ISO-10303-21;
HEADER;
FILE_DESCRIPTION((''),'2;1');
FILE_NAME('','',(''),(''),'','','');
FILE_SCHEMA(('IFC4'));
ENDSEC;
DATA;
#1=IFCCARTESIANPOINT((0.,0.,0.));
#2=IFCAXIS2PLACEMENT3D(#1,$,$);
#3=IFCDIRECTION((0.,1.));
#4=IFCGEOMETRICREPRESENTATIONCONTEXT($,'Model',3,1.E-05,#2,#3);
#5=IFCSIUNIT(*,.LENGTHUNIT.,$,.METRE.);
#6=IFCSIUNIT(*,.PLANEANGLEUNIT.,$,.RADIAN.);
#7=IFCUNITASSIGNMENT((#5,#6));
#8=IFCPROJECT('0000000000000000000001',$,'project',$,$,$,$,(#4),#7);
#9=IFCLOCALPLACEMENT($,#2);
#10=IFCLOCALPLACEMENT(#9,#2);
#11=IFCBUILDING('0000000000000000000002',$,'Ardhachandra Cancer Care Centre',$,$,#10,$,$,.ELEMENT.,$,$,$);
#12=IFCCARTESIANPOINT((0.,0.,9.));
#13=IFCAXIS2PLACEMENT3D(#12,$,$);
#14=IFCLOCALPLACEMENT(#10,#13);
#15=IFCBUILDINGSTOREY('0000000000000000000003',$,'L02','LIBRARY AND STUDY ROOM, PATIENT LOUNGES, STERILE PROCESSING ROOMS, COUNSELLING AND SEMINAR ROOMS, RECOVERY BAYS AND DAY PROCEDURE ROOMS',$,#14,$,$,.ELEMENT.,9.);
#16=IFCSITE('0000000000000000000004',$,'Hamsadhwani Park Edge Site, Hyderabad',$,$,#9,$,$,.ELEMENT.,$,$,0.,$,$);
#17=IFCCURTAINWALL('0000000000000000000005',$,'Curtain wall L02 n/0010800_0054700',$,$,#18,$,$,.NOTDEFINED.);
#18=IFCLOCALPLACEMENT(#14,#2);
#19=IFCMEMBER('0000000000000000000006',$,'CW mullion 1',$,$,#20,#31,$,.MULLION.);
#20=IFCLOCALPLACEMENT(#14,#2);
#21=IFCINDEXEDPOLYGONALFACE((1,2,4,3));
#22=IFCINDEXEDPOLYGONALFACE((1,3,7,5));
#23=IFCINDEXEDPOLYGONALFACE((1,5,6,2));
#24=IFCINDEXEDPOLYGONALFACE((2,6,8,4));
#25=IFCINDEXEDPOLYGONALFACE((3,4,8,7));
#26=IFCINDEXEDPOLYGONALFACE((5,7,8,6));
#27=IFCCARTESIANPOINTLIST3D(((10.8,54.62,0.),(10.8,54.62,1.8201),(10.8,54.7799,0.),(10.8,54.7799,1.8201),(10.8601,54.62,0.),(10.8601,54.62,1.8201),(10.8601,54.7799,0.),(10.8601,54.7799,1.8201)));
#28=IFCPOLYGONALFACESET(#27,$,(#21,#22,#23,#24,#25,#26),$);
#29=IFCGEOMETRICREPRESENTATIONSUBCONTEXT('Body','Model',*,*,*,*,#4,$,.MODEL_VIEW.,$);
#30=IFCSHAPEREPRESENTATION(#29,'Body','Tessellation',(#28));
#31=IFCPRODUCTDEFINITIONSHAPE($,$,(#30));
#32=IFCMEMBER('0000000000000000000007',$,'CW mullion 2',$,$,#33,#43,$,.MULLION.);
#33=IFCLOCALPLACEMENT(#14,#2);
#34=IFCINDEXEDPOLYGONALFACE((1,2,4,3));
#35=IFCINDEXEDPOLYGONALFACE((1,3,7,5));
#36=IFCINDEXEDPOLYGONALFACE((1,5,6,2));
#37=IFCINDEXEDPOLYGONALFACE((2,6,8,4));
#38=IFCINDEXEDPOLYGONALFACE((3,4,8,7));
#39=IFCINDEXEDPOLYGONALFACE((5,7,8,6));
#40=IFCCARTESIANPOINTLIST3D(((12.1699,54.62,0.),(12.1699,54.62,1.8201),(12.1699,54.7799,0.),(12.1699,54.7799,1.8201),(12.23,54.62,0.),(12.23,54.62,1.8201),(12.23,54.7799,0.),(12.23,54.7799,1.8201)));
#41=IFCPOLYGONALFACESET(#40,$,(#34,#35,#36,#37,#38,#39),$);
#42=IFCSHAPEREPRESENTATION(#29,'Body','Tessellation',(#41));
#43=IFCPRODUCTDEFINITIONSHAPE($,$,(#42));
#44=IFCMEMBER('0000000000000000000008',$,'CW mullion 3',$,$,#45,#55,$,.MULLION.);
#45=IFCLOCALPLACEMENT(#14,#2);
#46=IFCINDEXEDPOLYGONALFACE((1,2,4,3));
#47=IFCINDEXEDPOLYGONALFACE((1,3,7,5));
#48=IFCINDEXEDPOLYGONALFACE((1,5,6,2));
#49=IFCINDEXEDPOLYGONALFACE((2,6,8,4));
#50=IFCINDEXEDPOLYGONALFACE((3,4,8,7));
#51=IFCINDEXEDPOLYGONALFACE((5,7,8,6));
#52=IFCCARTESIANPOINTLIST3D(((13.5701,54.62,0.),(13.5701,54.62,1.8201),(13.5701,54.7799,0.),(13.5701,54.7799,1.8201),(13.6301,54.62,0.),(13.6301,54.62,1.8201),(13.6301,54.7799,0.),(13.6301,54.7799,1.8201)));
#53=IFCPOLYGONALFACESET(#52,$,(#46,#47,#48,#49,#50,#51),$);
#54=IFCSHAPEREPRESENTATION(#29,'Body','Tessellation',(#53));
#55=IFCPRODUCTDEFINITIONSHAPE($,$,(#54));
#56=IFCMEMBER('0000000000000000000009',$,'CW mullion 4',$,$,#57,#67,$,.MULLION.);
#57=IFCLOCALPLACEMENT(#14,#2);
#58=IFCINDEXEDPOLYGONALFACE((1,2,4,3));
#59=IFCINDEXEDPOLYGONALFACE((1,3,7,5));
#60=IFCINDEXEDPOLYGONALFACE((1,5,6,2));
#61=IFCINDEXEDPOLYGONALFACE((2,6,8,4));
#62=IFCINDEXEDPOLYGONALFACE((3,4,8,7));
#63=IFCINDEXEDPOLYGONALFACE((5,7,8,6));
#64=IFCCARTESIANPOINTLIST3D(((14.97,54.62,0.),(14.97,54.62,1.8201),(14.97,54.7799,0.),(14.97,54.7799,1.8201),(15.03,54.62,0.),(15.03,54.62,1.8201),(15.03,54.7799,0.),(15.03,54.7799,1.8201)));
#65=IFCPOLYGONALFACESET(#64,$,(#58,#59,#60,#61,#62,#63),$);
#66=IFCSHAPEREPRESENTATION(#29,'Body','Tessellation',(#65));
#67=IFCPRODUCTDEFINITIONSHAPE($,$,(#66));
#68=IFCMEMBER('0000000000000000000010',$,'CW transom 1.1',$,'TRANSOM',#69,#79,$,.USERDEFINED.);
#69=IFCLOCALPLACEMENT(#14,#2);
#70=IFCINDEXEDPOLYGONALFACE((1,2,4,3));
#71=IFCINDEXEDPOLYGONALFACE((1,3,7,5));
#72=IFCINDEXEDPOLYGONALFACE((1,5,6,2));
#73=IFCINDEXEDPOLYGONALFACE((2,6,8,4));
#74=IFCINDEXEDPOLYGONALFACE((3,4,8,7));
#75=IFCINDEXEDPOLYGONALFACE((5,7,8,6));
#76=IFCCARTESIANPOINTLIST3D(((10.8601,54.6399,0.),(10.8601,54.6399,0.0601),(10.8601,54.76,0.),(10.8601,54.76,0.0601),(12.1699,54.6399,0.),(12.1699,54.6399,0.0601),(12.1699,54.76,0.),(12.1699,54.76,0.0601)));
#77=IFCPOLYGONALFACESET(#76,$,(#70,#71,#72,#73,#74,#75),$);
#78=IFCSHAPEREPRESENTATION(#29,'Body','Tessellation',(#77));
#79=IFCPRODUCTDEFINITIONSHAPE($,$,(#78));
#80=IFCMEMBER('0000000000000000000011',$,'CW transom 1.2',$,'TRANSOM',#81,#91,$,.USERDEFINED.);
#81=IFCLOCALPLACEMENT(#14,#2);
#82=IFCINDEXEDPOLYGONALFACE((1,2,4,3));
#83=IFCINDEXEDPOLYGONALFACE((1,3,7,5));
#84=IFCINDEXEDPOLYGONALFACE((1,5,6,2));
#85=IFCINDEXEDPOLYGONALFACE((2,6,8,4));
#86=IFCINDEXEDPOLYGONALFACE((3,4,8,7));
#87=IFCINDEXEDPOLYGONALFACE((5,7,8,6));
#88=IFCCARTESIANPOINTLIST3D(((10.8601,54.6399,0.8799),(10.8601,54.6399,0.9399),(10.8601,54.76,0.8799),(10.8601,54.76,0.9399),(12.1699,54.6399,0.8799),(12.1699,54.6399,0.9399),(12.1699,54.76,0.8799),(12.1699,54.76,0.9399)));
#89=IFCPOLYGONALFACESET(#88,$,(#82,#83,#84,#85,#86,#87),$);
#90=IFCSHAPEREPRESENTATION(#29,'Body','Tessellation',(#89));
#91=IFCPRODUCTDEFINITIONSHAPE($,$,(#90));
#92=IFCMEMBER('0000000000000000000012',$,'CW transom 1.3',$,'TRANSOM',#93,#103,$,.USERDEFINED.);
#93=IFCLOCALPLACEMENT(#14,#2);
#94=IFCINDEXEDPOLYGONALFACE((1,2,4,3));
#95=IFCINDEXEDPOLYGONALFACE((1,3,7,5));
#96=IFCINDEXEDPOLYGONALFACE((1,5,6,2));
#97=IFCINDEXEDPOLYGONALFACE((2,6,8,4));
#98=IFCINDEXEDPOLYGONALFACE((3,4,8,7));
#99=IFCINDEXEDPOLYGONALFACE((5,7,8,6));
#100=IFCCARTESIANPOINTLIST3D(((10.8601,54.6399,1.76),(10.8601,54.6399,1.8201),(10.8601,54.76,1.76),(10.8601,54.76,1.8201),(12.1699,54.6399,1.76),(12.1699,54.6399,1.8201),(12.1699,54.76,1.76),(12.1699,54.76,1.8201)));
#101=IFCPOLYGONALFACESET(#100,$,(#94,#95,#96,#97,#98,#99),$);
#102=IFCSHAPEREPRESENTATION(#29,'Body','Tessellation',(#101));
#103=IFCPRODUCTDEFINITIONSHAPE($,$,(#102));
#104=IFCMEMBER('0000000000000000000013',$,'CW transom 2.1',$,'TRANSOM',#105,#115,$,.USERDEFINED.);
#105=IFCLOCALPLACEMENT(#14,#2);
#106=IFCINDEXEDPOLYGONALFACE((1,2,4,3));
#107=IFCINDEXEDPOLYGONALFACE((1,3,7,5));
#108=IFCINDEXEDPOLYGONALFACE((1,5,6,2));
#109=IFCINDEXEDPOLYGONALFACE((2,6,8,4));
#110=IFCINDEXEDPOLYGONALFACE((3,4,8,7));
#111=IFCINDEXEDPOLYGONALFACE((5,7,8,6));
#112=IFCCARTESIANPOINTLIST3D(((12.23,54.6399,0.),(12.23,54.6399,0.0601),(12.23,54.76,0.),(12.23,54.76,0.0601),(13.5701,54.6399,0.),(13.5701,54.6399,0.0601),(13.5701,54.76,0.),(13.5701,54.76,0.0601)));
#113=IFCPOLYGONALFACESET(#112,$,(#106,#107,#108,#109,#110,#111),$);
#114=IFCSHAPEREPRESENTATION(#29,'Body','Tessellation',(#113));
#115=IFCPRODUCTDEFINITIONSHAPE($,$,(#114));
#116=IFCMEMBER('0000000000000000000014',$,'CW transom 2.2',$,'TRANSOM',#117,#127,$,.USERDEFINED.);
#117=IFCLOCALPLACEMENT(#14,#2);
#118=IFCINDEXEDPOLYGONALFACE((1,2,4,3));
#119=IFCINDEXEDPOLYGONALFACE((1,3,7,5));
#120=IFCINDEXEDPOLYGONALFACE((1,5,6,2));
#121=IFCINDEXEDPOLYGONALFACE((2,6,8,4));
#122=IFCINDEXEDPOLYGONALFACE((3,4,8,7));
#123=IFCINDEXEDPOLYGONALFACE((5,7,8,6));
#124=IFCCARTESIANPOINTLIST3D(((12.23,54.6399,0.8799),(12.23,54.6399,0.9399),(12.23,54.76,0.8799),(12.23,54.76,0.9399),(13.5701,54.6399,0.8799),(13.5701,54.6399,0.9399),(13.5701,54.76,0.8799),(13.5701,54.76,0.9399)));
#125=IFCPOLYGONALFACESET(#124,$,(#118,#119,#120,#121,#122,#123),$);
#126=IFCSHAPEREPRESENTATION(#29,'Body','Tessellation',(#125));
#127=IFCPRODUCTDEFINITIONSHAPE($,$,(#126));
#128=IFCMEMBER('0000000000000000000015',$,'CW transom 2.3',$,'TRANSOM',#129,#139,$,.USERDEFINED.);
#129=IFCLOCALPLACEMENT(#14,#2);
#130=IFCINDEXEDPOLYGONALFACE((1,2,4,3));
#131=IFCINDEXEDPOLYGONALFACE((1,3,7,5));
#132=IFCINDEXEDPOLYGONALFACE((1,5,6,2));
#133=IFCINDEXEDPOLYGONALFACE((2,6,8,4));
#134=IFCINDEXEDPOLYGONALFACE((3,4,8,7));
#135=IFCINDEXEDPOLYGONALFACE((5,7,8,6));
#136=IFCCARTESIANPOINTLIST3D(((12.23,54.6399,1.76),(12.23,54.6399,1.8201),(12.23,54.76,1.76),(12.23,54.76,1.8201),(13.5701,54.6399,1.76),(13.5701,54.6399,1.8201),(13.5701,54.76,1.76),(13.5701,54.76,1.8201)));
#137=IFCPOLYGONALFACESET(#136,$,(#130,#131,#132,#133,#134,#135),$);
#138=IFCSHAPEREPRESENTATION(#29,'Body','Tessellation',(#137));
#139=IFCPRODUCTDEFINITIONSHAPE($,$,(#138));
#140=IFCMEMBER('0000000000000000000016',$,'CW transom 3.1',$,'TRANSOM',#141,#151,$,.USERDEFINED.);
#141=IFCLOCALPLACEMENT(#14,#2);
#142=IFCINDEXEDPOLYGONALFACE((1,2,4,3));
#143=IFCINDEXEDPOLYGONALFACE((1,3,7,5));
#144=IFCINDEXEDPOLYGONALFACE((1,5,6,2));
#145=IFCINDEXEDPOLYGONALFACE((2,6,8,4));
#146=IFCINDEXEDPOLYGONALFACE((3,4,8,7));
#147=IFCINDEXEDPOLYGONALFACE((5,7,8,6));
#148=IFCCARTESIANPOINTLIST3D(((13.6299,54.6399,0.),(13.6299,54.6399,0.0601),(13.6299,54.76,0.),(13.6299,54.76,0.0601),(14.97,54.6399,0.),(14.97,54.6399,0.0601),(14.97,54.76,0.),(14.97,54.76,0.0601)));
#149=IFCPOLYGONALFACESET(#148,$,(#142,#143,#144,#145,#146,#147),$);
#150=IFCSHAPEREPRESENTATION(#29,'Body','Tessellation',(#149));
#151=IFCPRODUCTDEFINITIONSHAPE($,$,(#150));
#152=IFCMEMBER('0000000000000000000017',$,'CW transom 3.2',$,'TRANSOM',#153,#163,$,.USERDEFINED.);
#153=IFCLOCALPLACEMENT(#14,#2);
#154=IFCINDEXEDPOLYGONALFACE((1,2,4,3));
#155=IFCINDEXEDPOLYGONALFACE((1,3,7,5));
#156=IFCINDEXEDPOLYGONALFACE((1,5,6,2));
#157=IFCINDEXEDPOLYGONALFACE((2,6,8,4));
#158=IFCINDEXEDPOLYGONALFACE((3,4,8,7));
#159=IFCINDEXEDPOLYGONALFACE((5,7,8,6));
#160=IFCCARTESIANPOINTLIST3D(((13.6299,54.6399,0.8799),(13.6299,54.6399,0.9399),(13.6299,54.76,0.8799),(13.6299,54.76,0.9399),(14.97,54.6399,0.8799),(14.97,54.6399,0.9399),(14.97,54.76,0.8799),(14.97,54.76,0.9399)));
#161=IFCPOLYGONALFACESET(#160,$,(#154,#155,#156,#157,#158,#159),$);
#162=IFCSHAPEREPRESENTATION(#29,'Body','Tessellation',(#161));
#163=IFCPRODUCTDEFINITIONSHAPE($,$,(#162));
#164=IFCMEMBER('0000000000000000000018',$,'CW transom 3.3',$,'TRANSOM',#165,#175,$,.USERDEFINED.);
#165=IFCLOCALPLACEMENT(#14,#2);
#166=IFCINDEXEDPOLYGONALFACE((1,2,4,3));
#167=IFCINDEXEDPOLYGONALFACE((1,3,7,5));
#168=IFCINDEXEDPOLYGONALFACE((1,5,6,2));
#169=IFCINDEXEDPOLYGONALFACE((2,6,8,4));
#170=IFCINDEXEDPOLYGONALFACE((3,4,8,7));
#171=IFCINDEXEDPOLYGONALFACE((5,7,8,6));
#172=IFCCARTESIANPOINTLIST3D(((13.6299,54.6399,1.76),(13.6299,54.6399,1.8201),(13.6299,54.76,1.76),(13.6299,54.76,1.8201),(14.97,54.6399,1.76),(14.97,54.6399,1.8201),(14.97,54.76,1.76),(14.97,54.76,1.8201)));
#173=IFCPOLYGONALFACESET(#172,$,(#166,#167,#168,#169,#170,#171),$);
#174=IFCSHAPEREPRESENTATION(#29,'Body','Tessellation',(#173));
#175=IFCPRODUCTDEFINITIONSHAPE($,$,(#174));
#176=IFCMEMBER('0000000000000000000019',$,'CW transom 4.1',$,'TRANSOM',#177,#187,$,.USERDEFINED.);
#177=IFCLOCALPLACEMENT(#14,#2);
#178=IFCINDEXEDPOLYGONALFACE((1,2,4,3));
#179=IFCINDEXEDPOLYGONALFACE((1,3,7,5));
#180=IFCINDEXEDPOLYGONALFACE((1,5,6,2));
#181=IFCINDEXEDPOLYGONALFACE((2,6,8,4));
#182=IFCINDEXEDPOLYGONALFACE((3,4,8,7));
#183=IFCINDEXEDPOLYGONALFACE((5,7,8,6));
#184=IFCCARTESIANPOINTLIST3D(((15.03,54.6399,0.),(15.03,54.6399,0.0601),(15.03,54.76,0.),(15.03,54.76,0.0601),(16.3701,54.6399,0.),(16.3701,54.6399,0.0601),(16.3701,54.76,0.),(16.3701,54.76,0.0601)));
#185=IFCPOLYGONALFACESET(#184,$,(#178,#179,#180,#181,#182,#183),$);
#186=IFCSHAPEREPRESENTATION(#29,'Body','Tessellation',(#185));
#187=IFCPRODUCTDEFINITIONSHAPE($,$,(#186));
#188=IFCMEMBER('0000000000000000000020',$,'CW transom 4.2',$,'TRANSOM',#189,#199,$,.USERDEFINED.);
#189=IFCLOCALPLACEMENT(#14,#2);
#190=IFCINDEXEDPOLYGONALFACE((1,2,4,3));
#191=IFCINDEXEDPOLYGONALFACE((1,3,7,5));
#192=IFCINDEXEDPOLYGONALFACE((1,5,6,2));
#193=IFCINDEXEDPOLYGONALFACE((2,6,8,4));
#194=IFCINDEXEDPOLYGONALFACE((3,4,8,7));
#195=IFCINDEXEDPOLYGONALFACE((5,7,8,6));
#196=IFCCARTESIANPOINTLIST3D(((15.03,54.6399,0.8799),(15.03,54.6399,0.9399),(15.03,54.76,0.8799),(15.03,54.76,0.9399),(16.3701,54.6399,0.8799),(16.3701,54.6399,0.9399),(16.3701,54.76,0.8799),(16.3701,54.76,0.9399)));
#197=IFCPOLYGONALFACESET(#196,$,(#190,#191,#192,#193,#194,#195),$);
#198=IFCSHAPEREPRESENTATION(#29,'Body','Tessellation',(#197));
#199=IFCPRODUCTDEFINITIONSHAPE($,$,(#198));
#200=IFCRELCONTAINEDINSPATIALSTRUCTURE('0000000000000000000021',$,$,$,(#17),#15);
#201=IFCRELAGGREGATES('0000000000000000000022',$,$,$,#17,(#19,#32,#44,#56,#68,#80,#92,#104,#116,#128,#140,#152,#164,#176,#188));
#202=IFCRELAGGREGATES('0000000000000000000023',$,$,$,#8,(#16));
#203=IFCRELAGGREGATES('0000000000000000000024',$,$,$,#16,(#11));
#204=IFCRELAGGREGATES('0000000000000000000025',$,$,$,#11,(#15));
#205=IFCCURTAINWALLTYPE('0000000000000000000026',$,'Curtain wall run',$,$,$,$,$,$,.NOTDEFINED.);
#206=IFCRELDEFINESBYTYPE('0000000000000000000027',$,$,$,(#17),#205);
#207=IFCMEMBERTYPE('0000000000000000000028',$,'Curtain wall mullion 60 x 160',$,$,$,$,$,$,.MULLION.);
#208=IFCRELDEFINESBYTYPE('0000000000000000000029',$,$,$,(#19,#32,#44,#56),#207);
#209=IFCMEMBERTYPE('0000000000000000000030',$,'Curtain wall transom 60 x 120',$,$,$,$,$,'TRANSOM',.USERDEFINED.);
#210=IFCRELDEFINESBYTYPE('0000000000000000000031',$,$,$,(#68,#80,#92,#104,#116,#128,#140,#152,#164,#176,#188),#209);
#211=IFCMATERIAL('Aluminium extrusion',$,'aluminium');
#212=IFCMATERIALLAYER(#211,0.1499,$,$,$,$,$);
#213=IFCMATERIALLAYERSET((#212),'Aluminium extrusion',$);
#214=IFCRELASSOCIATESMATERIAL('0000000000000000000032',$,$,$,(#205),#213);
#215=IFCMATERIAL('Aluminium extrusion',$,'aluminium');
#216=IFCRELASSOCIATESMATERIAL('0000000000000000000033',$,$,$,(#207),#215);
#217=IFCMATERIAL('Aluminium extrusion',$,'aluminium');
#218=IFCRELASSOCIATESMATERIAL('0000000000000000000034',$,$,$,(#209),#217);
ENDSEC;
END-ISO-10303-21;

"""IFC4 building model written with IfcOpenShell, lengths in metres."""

from ifc_helpers import new_model, si_unit, direction, frame, origin, origin_2d, place, context, subcontext, project, spatial, rectangle, extrude, material, layer, layer_set, material_profile, profile_set, type_object, element, aggregate, save


model = new_model("IFC4")

# Units and contexts
model_context = context("Model", 3, precision=1e-05, world=origin(), true_north=direction((0.0, 1.0)))
body_context = subcontext(model_context, "Body", "Model", "MODEL_VIEW")
ifc_project = project(units=[si_unit("LENGTHUNIT", "METRE"), si_unit("PLANEANGLEUNIT", "RADIAN")], contexts=[model_context])

# Site, building, storey
site_placement = place(None, origin())
site = spatial("IfcSite", under=ifc_project, at=site_placement, Name="Hamsadhwani Park Edge Site, Hyderabad", CompositionType="ELEMENT", RefElevation=0.0)
building_placement = place(site_placement, origin())
building = spatial("IfcBuilding", under=site, at=building_placement, Name="Ardhachandra Cancer Care Centre", CompositionType="ELEMENT")
storey_placement = place(building_placement, frame((0.0, 0.0, 9.0)))
storey = spatial("IfcBuildingStorey", under=building, at=storey_placement, Name="L02", Description="LIBRARY AND STUDY ROOM, PATIENT LOUNGES, STERILE PROCESSING ROOMS, COUNSELLING AND SEMINAR ROOMS, RECOVERY BAYS AND DAY PROCEDURE ROOMS", CompositionType="ELEMENT", Elevation=9.0)

# Curtain wall, members
ifc_material_1 = material(Name="Aluminium extrusion", Category="aluminium")
ifc_layer_1 = layer(ifc_material_1, 0.1499)
ifc_layer_set_1 = layer_set([ifc_layer_1], Name="Aluminium extrusion")
curtain_wall_type = type_object("IfcCurtainWallType", Name="Curtain wall run", PredefinedType="NOTDEFINED", material=ifc_layer_set_1)
curtain_wall_placement = place(storey_placement, origin())
curtain_wall = element("IfcCurtainWall", 1, at=curtain_wall_placement, inside=storey, type_object=curtain_wall_type, Name="Curtain wall L02 n/0010800_0054700", PredefinedType="NOTDEFINED")
ifc_material_2 = material(Name="Aluminium extrusion", Category="aluminium")
ifc_material_profile_1 = material_profile(ifc_material_2, rectangle(XDim=0.1599, YDim=0.0601, at=origin_2d()), Name="Curtain wall mullion 60 x 160")
ifc_profile_set_1 = profile_set([ifc_material_profile_1], Name="Aluminium extrusion")
member_type_1 = type_object("IfcMemberType", Name="Curtain wall mullion 60 x 160", PredefinedType="MULLION", material=ifc_profile_set_1)
member_1_placement = place(storey_placement, frame((10.8301, 54.7, 0.0), z_axis=(0.0, 0.0, 1.0), x_axis=(0.0, 1.0, 0.0)))
member_1 = element("IfcMember", 2, at=member_1_placement, type_object=member_type_1, Name="CW mullion 1", PredefinedType="MULLION", context=body_context, shape_type="SweptSolid", body=[
    extrude(rectangle(XDim=0.1599, YDim=0.0601, at=origin_2d()), origin(), (0.0, 0.0, 1.0), 1.8201),
])
member_2_placement = place(storey_placement, frame((12.2, 54.7, 0.0), z_axis=(0.0, 0.0, 1.0), x_axis=(0.0, 1.0, 0.0)))
member_2 = element("IfcMember", 3, at=member_2_placement, type_object=member_type_1, Name="CW mullion 2", PredefinedType="MULLION", context=body_context, shape_type="SweptSolid", body=[
    extrude(rectangle(XDim=0.1599, YDim=0.0601, at=origin_2d()), origin(), (0.0, 0.0, 1.0), 1.8201),
])
member_3_placement = place(storey_placement, frame((13.6001, 54.7, 0.0), z_axis=(0.0, 0.0, 1.0), x_axis=(0.0, 1.0, 0.0)))
member_3 = element("IfcMember", 4, at=member_3_placement, type_object=member_type_1, Name="CW mullion 3", PredefinedType="MULLION", context=body_context, shape_type="SweptSolid", body=[
    extrude(rectangle(XDim=0.1599, YDim=0.0601, at=origin_2d()), origin(), (0.0, 0.0, 1.0), 1.8201),
])
member_4_placement = place(storey_placement, frame((15.0, 54.7, 0.0), z_axis=(0.0, 0.0, 1.0), x_axis=(0.0, 1.0, 0.0)))
member_4 = element("IfcMember", 5, at=member_4_placement, type_object=member_type_1, Name="CW mullion 4", PredefinedType="MULLION", context=body_context, shape_type="SweptSolid", body=[
    extrude(rectangle(XDim=0.1599, YDim=0.0601, at=origin_2d()), origin(), (0.0, 0.0, 1.0), 1.8201),
])
ifc_material_3 = material(Name="Aluminium extrusion", Category="aluminium")
ifc_material_profile_2 = material_profile(ifc_material_3, rectangle(XDim=0.1201, YDim=0.0601, at=origin_2d()), Name="Curtain wall transom 60 x 120")
ifc_profile_set_2 = profile_set([ifc_material_profile_2], Name="Aluminium extrusion")
member_type_2 = type_object("IfcMemberType", Name="Curtain wall transom 60 x 120", ElementType="TRANSOM", PredefinedType="USERDEFINED", material=ifc_profile_set_2)
member_5_placement = place(storey_placement, frame((10.8601, 54.7, 0.03), z_axis=(1.0, 0.0, 0.0), x_axis=(0.0, 1.0, 0.0)))
member_5 = element("IfcMember", 6, at=member_5_placement, type_object=member_type_2, Name="CW transom 1.1", ObjectType="TRANSOM", PredefinedType="USERDEFINED", context=body_context, shape_type="SweptSolid", body=[
    extrude(rectangle(XDim=0.1201, YDim=0.0601, at=origin_2d()), origin(), (0.0, 0.0, 1.0), 1.3098),
])
member_6_placement = place(storey_placement, frame((10.8601, 54.7, 0.9099), z_axis=(1.0, 0.0, 0.0), x_axis=(0.0, 1.0, 0.0)))
member_6 = element("IfcMember", 7, at=member_6_placement, type_object=member_type_2, Name="CW transom 1.2", ObjectType="TRANSOM", PredefinedType="USERDEFINED", context=body_context, shape_type="SweptSolid", body=[
    extrude(rectangle(XDim=0.1201, YDim=0.0601, at=origin_2d()), origin(), (0.0, 0.0, 1.0), 1.3098),
])
member_7_placement = place(storey_placement, frame((10.8601, 54.7, 1.79), z_axis=(1.0, 0.0, 0.0), x_axis=(0.0, 1.0, 0.0)))
member_7 = element("IfcMember", 8, at=member_7_placement, type_object=member_type_2, Name="CW transom 1.3", ObjectType="TRANSOM", PredefinedType="USERDEFINED", context=body_context, shape_type="SweptSolid", body=[
    extrude(rectangle(XDim=0.1201, YDim=0.0601, at=origin_2d()), origin(), (0.0, 0.0, 1.0), 1.3098),
])
member_8_placement = place(storey_placement, frame((12.23, 54.7, 0.03), z_axis=(1.0, 0.0, 0.0), x_axis=(0.0, 1.0, 0.0)))
member_8 = element("IfcMember", 9, at=member_8_placement, type_object=member_type_2, Name="CW transom 2.1", ObjectType="TRANSOM", PredefinedType="USERDEFINED", context=body_context, shape_type="SweptSolid", body=[
    extrude(rectangle(XDim=0.1201, YDim=0.0601, at=origin_2d()), origin(), (0.0, 0.0, 1.0), 1.3401),
])
member_9_placement = place(storey_placement, frame((12.23, 54.7, 0.9099), z_axis=(1.0, 0.0, 0.0), x_axis=(0.0, 1.0, 0.0)))
member_9 = element("IfcMember", 10, at=member_9_placement, type_object=member_type_2, Name="CW transom 2.2", ObjectType="TRANSOM", PredefinedType="USERDEFINED", context=body_context, shape_type="SweptSolid", body=[
    extrude(rectangle(XDim=0.1201, YDim=0.0601, at=origin_2d()), origin(), (0.0, 0.0, 1.0), 1.3401),
])
member_10_placement = place(storey_placement, frame((12.23, 54.7, 1.79), z_axis=(1.0, 0.0, 0.0), x_axis=(0.0, 1.0, 0.0)))
member_10 = element("IfcMember", 11, at=member_10_placement, type_object=member_type_2, Name="CW transom 2.3", ObjectType="TRANSOM", PredefinedType="USERDEFINED", context=body_context, shape_type="SweptSolid", body=[
    extrude(rectangle(XDim=0.1201, YDim=0.0601, at=origin_2d()), origin(), (0.0, 0.0, 1.0), 1.3401),
])
member_11_placement = place(storey_placement, frame((13.6299, 54.7, 0.03), z_axis=(1.0, 0.0, 0.0), x_axis=(0.0, 1.0, 0.0)))
member_11 = element("IfcMember", 12, at=member_11_placement, type_object=member_type_2, Name="CW transom 3.1", ObjectType="TRANSOM", PredefinedType="USERDEFINED", context=body_context, shape_type="SweptSolid", body=[
    extrude(rectangle(XDim=0.1201, YDim=0.0601, at=origin_2d()), origin(), (0.0, 0.0, 1.0), 1.3401),
])
member_12_placement = place(storey_placement, frame((13.6299, 54.7, 0.9099), z_axis=(1.0, 0.0, 0.0), x_axis=(0.0, 1.0, 0.0)))
member_12 = element("IfcMember", 13, at=member_12_placement, type_object=member_type_2, Name="CW transom 3.2", ObjectType="TRANSOM", PredefinedType="USERDEFINED", context=body_context, shape_type="SweptSolid", body=[
    extrude(rectangle(XDim=0.1201, YDim=0.0601, at=origin_2d()), origin(), (0.0, 0.0, 1.0), 1.3401),
])
member_13_placement = place(storey_placement, frame((13.6299, 54.7, 1.79), z_axis=(1.0, 0.0, 0.0), x_axis=(0.0, 1.0, 0.0)))
member_13 = element("IfcMember", 14, at=member_13_placement, type_object=member_type_2, Name="CW transom 3.3", ObjectType="TRANSOM", PredefinedType="USERDEFINED", context=body_context, shape_type="SweptSolid", body=[
    extrude(rectangle(XDim=0.1201, YDim=0.0601, at=origin_2d()), origin(), (0.0, 0.0, 1.0), 1.3401),
])
member_14_placement = place(storey_placement, frame((15.03, 54.7, 0.03), z_axis=(1.0, 0.0, 0.0), x_axis=(0.0, 1.0, 0.0)))
member_14 = element("IfcMember", 15, at=member_14_placement, type_object=member_type_2, Name="CW transom 4.1", ObjectType="TRANSOM", PredefinedType="USERDEFINED", context=body_context, shape_type="SweptSolid", body=[
    extrude(rectangle(XDim=0.1201, YDim=0.0601, at=origin_2d()), origin(), (0.0, 0.0, 1.0), 1.3401),
])
member_15_placement = place(storey_placement, frame((15.03, 54.7, 0.9099), z_axis=(1.0, 0.0, 0.0), x_axis=(0.0, 1.0, 0.0)))
member_15 = element("IfcMember", 16, at=member_15_placement, type_object=member_type_2, Name="CW transom 4.2", ObjectType="TRANSOM", PredefinedType="USERDEFINED", context=body_context, shape_type="SweptSolid", body=[
    extrude(rectangle(XDim=0.1201, YDim=0.0601, at=origin_2d()), origin(), (0.0, 0.0, 1.0), 1.3401),
])

aggregate(curtain_wall, [member_1, member_2, member_3, member_4, member_5, member_6, member_7, member_8, member_9, member_10, member_11, member_12, member_13, member_14, member_15])

save(model, "model.ifc")
